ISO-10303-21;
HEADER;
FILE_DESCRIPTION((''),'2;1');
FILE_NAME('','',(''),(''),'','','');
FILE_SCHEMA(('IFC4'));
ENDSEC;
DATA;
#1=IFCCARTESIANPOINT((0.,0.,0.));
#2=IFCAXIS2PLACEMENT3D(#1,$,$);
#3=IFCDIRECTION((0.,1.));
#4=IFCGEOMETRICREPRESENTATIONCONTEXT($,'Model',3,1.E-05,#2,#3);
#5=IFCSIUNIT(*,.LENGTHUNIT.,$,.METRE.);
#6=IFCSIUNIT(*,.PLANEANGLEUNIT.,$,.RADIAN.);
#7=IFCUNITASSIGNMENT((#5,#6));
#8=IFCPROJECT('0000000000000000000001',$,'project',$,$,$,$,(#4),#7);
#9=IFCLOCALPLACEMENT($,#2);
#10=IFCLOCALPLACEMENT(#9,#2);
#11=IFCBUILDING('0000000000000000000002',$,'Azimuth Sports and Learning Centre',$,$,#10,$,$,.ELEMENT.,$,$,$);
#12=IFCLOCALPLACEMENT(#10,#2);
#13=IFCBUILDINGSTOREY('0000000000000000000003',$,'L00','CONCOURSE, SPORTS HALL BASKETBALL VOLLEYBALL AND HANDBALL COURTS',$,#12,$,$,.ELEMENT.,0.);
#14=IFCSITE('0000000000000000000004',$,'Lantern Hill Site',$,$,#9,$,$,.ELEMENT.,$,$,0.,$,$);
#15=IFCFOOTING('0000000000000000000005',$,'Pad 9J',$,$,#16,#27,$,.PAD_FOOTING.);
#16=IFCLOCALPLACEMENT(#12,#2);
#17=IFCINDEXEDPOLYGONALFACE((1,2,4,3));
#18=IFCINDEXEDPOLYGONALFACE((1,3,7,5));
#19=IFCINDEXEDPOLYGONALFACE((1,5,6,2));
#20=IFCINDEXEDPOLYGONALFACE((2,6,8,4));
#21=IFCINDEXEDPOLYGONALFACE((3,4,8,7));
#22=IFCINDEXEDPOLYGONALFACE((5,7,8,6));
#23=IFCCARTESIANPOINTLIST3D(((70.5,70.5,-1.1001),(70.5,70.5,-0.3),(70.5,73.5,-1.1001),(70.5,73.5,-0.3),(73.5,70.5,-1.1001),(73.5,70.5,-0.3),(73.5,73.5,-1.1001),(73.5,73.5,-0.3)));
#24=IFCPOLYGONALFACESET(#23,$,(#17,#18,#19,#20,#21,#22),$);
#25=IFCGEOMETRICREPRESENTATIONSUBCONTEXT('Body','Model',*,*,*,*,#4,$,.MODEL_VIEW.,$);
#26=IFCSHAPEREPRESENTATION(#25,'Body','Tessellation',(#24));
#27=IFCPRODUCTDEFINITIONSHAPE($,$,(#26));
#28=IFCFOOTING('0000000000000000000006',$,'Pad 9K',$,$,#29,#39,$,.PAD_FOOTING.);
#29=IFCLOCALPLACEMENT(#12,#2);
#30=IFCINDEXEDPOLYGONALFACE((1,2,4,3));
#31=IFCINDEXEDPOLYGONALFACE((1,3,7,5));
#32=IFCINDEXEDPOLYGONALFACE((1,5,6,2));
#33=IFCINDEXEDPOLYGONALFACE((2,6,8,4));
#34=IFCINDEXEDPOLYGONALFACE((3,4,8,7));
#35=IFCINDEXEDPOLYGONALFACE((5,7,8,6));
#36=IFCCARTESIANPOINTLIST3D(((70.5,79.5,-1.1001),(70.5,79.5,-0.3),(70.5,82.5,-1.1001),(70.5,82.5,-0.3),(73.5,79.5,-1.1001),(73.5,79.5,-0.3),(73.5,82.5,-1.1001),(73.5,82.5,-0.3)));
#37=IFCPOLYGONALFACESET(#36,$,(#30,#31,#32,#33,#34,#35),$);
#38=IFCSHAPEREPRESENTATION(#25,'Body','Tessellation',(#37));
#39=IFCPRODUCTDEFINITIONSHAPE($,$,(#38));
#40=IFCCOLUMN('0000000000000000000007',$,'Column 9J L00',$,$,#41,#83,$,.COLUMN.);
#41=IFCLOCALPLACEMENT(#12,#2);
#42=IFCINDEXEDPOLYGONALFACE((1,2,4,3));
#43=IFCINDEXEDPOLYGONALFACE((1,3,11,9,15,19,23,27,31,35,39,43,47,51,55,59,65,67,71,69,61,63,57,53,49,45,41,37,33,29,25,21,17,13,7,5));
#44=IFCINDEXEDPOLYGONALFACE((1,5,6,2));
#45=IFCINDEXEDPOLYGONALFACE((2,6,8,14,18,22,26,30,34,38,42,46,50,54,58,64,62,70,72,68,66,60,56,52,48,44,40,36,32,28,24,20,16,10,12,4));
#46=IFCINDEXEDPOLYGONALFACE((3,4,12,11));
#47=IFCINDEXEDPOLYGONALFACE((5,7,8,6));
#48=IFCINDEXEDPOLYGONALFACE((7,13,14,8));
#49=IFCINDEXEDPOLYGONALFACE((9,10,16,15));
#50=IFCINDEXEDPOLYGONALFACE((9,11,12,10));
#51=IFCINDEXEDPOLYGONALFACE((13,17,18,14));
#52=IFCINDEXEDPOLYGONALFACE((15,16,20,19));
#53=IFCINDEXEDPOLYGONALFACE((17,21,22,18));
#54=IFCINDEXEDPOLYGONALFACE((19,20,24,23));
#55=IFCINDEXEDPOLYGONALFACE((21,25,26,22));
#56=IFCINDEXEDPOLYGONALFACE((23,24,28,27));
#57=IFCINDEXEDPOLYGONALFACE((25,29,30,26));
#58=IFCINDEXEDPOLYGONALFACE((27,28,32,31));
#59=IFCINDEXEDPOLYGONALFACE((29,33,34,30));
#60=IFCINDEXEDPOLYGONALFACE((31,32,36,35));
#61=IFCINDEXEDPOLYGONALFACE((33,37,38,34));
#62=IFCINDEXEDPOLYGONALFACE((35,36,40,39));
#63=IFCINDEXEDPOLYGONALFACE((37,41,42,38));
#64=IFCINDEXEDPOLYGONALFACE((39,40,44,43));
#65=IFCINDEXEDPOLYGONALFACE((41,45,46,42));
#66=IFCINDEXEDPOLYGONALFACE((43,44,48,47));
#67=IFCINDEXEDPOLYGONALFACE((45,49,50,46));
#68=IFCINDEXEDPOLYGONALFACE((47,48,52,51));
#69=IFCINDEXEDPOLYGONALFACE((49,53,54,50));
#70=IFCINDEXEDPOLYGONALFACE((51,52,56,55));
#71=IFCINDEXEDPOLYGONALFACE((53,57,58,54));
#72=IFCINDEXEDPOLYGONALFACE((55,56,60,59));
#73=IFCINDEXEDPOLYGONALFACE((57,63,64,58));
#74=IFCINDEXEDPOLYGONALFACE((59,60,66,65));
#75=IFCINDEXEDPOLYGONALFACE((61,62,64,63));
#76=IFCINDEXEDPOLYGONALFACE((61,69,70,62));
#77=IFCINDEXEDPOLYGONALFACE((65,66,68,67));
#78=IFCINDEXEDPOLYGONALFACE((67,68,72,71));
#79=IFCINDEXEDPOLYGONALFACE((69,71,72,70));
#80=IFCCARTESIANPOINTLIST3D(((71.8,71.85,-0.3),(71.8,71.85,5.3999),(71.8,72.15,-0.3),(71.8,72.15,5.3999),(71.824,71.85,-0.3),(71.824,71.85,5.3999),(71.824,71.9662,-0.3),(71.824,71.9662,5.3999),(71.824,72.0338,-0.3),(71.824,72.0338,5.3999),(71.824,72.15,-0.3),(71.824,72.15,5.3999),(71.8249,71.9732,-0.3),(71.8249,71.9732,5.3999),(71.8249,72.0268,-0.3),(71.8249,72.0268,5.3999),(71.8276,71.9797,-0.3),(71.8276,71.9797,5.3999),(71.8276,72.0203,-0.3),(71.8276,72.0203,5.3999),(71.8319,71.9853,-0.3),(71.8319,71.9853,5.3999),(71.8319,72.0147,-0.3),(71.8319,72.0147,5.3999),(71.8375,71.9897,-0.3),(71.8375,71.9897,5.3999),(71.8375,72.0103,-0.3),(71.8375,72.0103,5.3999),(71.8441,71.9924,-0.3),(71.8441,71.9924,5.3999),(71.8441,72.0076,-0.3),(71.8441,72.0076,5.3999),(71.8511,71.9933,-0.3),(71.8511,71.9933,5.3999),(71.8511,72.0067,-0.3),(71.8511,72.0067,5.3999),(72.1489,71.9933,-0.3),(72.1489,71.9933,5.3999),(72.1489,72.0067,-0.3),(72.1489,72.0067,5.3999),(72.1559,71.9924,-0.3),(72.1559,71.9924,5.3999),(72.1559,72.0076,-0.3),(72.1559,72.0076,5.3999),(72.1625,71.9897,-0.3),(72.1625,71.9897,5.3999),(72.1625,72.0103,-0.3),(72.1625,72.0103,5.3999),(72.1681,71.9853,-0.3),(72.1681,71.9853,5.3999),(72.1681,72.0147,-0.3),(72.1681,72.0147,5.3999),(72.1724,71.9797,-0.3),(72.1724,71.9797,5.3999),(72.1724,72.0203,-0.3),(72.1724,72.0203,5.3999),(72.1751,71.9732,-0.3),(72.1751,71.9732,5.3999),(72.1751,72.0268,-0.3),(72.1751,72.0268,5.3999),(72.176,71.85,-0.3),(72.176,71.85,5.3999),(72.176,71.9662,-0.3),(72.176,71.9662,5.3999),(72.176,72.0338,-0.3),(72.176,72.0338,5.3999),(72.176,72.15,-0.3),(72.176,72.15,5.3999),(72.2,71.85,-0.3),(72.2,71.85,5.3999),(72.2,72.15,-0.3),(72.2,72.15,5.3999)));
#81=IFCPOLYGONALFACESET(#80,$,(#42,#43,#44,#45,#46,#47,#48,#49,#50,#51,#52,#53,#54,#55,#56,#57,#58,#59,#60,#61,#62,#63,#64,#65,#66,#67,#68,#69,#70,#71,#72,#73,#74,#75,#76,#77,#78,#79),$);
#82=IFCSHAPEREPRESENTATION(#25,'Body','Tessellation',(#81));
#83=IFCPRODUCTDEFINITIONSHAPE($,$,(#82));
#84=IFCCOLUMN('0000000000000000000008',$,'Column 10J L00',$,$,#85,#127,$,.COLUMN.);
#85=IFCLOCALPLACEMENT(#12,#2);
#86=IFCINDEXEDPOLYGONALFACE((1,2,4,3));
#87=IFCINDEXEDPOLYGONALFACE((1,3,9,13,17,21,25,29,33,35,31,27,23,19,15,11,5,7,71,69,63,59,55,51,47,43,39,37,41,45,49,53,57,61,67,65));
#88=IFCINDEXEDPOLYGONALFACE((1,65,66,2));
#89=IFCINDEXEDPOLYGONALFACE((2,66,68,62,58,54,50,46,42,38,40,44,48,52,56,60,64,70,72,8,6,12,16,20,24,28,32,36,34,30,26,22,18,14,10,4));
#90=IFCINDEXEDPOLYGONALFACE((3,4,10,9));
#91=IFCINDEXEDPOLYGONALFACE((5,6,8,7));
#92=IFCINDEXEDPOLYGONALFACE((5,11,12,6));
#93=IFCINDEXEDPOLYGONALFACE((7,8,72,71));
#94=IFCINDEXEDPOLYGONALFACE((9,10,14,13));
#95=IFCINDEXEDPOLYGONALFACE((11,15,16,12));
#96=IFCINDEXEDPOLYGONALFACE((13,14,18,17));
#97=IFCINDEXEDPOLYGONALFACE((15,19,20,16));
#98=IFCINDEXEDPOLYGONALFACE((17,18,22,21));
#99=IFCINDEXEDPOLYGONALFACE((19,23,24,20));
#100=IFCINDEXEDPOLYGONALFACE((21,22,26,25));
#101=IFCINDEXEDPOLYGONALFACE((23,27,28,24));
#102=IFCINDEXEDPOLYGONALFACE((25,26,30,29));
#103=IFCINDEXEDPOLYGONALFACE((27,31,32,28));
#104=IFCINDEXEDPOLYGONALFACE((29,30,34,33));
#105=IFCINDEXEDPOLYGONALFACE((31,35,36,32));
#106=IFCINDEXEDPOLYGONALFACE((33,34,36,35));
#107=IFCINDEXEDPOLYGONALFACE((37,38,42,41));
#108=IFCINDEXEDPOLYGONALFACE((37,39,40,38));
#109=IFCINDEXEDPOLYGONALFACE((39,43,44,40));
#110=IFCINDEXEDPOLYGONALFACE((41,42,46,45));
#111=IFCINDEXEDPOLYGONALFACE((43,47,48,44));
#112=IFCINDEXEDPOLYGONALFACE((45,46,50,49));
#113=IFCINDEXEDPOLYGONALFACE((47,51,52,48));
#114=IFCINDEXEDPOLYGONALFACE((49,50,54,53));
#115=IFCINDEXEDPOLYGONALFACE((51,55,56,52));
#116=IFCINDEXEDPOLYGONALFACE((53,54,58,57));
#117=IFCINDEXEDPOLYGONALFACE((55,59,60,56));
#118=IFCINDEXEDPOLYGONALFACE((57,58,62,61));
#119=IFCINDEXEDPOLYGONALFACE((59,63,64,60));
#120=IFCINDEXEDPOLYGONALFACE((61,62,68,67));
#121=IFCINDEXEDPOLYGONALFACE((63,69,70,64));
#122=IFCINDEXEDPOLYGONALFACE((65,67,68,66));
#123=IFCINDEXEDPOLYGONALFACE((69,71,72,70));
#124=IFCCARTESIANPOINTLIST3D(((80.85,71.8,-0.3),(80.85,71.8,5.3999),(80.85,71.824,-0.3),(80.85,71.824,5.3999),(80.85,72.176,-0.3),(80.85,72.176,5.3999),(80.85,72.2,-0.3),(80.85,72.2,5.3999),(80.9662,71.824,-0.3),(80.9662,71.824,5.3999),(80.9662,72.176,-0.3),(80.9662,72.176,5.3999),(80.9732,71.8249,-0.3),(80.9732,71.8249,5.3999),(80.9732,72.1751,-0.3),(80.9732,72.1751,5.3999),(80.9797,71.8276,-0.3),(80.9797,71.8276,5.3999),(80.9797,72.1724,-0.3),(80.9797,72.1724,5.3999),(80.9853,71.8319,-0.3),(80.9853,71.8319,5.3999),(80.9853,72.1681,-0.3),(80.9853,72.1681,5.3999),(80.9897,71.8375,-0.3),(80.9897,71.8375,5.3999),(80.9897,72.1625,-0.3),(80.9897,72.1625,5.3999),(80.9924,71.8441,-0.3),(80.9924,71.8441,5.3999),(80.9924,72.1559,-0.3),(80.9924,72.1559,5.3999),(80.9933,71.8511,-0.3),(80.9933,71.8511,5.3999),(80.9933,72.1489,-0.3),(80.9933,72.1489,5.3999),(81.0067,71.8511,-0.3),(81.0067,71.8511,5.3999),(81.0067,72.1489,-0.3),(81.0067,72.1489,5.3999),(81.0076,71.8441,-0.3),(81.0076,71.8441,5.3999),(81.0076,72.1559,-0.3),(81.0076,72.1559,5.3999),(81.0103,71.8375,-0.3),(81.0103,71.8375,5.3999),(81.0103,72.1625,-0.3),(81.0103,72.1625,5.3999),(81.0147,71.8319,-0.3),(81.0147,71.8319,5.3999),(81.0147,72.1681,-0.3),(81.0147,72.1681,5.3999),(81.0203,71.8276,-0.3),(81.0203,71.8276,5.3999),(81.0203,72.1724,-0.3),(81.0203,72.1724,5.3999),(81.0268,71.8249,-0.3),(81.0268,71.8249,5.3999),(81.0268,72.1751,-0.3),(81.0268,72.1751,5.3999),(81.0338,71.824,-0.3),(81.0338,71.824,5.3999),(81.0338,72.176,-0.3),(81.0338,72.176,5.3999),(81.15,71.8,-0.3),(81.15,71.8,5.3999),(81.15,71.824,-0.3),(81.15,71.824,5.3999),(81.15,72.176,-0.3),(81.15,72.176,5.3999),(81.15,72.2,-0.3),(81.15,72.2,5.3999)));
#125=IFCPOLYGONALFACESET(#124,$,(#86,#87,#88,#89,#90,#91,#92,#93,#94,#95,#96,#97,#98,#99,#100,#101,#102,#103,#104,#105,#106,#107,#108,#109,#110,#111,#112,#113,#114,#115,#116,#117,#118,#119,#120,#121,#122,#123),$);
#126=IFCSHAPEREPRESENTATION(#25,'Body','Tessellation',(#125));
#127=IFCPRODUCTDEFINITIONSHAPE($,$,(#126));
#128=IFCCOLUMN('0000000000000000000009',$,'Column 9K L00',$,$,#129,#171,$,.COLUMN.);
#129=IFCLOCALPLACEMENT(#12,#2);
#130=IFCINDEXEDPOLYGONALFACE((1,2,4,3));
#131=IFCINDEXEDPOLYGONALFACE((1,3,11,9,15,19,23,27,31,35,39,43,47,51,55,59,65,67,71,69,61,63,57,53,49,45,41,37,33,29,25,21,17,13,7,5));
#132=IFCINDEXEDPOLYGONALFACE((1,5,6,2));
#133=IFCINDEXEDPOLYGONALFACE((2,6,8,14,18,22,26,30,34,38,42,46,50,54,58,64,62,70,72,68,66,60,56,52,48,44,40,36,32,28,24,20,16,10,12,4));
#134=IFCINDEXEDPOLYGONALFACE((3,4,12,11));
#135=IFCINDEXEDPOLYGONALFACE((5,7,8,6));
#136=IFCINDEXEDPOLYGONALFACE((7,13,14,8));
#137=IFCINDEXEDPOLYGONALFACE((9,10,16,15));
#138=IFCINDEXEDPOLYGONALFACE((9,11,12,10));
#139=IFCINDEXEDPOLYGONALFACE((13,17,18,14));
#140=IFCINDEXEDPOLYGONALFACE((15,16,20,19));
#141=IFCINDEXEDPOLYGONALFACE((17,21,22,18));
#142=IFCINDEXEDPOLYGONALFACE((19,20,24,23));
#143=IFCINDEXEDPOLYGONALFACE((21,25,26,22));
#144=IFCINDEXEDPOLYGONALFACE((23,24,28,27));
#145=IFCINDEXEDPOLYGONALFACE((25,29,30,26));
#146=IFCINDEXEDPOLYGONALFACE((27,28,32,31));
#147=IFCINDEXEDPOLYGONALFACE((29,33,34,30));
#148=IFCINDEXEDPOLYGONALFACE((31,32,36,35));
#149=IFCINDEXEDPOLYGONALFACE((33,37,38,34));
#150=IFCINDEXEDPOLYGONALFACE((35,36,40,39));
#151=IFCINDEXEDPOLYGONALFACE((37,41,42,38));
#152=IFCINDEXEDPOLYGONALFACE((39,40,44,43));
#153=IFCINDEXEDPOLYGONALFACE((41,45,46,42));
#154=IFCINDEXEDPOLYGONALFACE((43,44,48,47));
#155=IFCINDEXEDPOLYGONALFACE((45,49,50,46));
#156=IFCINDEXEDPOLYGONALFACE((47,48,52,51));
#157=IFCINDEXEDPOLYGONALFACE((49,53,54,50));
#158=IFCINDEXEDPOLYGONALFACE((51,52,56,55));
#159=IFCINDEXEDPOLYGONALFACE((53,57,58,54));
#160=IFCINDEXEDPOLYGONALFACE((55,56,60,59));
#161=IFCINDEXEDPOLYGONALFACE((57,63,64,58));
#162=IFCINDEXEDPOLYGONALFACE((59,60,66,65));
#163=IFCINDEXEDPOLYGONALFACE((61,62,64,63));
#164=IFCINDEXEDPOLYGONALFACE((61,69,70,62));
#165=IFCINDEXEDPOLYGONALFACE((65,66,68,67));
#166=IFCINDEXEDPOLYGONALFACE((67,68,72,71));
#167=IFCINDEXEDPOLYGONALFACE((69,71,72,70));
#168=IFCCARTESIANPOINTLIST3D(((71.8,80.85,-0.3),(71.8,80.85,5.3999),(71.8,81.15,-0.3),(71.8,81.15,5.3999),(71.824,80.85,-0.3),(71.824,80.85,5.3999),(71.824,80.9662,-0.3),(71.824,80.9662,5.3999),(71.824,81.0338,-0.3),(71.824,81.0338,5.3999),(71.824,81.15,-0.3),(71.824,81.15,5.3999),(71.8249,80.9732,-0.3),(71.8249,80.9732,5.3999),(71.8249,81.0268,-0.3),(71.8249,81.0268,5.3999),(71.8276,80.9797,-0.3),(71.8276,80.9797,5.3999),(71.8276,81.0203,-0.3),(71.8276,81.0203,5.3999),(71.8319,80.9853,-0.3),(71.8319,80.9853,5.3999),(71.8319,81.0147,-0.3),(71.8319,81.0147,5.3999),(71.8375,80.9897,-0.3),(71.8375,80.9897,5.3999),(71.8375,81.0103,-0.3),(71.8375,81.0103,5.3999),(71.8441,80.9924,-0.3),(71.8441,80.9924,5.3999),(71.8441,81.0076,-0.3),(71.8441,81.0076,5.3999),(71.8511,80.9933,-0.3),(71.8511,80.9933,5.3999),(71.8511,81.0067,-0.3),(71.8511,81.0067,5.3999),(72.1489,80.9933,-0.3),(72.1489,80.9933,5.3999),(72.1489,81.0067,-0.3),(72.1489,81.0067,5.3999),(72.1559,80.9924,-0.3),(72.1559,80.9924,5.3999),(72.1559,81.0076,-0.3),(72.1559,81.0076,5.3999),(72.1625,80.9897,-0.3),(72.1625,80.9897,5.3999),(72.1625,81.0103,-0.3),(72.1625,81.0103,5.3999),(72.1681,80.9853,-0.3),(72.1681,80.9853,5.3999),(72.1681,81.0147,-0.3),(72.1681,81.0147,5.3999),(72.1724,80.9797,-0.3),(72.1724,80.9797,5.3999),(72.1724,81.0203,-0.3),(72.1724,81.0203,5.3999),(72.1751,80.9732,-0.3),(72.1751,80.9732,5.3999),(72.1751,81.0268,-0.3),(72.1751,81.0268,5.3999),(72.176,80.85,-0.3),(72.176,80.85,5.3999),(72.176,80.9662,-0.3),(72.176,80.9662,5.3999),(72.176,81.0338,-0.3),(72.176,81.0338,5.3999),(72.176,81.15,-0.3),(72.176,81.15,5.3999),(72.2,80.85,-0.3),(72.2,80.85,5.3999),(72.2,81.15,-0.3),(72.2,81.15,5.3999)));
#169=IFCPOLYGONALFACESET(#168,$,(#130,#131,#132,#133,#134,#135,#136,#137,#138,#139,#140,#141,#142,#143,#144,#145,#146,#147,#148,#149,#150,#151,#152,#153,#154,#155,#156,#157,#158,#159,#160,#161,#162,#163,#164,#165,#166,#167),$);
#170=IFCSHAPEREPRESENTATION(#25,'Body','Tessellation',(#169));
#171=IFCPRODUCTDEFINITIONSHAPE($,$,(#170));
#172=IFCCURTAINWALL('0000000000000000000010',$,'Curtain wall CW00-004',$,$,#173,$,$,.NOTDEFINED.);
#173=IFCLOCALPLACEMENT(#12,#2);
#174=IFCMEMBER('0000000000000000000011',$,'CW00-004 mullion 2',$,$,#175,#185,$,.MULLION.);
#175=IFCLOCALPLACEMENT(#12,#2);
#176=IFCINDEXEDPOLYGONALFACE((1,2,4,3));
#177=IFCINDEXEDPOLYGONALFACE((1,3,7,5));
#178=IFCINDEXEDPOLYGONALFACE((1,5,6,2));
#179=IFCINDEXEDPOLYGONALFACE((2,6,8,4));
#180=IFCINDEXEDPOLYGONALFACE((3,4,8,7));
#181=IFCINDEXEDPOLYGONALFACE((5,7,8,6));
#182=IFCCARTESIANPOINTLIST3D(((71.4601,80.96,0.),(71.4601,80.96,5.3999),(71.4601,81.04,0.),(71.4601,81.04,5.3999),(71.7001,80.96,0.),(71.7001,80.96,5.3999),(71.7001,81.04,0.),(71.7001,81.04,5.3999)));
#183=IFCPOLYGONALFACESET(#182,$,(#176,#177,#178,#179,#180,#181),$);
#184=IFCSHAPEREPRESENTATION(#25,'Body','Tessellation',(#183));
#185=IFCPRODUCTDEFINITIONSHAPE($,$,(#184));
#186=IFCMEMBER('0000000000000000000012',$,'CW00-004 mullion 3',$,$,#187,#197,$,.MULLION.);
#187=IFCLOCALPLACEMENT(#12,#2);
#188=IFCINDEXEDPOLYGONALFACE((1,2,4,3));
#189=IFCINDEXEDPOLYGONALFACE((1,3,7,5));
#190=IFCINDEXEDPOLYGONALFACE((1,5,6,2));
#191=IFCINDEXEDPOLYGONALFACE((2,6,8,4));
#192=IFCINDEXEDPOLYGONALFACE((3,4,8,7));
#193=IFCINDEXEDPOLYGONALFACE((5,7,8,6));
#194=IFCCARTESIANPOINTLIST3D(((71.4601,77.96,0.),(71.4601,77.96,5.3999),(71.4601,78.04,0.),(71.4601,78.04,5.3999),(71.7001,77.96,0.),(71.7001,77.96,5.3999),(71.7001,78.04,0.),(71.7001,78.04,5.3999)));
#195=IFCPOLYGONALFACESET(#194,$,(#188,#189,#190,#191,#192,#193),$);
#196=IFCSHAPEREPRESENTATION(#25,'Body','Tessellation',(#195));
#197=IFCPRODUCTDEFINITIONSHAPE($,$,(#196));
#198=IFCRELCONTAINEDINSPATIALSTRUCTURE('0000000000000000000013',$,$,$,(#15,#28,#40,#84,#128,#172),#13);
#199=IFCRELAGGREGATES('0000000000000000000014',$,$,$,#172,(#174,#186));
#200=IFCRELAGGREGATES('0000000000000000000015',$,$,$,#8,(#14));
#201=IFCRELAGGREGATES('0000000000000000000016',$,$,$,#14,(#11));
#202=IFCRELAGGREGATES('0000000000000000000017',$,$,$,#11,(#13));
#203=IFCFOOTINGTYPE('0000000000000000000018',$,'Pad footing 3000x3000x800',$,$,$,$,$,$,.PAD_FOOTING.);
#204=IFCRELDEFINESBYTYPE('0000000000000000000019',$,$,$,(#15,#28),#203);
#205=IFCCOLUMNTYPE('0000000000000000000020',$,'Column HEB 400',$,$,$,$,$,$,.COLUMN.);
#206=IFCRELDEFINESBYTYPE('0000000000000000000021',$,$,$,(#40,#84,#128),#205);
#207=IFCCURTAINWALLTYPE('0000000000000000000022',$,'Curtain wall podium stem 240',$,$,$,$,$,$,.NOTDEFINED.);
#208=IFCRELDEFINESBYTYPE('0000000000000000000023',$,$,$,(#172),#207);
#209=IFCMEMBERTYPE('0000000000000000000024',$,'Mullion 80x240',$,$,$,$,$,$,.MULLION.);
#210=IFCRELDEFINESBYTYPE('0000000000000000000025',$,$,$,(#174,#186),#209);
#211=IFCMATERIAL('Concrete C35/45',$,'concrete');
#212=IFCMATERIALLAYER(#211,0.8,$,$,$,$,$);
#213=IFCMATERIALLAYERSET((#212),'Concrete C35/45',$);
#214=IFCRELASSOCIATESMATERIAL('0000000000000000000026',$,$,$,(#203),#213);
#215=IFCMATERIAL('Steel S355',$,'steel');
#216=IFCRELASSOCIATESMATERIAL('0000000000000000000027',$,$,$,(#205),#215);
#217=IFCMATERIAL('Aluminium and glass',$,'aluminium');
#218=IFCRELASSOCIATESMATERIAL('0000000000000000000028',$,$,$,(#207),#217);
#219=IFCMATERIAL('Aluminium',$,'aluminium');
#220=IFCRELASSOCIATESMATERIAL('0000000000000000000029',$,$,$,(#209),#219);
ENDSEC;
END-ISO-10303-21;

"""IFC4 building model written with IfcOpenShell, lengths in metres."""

from ifc_helpers import new_model, si_unit, direction, frame, origin, origin_2d, place, context, subcontext, project, spatial, rectangle, i_section, extrude, material, layer, layer_set, material_profile, profile_set, type_object, element, aggregate, save


model = new_model("IFC4")

# Units and contexts
model_context = context("Model", 3, precision=1e-05, world=origin(), true_north=direction((0.0, 1.0)))
body_context = subcontext(model_context, "Body", "Model", "MODEL_VIEW")
ifc_project = project(units=[si_unit("LENGTHUNIT", "METRE"), si_unit("PLANEANGLEUNIT", "RADIAN")], contexts=[model_context])

# Site, building, storey
site_placement = place(None, origin())
site = spatial("IfcSite", under=ifc_project, at=site_placement, Name="Lantern Hill Site", CompositionType="ELEMENT", RefElevation=0.0)
building_placement = place(site_placement, origin())
building = spatial("IfcBuilding", under=site, at=building_placement, Name="Azimuth Sports and Learning Centre", CompositionType="ELEMENT")
storey_placement = place(building_placement, origin())
storey = spatial("IfcBuildingStorey", under=building, at=storey_placement, Name="L00", Description="CONCOURSE, SPORTS HALL BASKETBALL VOLLEYBALL AND HANDBALL COURTS", CompositionType="ELEMENT", Elevation=0.0)

# Footings
ifc_material_1 = material(Name="Concrete C35/45", Category="concrete")
ifc_layer_1 = layer(ifc_material_1, 0.8)
ifc_layer_set_1 = layer_set([ifc_layer_1], Name="Concrete C35/45")
footing_type = type_object("IfcFootingType", Name="Pad footing 3000x3000x800", PredefinedType="PAD_FOOTING", material=ifc_layer_set_1)
for number, where, z_axis, x_axis, name in (
    (1, (72.0, 72.0, -1.1001), (0.0, 0.0, 1.0), (1.0, 0.0, 0.0), "Pad 9J"),
    (2, (72.0, 81.0, -1.1001), (0.0, 0.0, 1.0), (1.0, 0.0, 0.0), "Pad 9K"),
):
    element("IfcFooting", number, at=place(storey_placement, frame(where, z_axis=z_axis, x_axis=x_axis)), inside=storey, type_object=footing_type, Name=name, PredefinedType="PAD_FOOTING", context=body_context, shape_type="SweptSolid", body=[
        extrude(rectangle(XDim=3.0, YDim=3.0, at=origin_2d()), origin(), (0.0, 0.0, 1.0), 0.8),
    ])

# Columns
ifc_material_2 = material(Name="Steel S355", Category="steel")
ifc_material_profile_1 = material_profile(ifc_material_2, i_section(OverallWidth=0.3, OverallDepth=0.3999, WebThickness=0.0134, FlangeThickness=0.0239, FilletRadius=0.0271, at=origin_2d()), Name="HEB 400")
ifc_profile_set_1 = profile_set([ifc_material_profile_1], Name="Steel S355")
column_type = type_object("IfcColumnType", Name="Column HEB 400", PredefinedType="COLUMN", material=ifc_profile_set_1)
for number, where, z_axis, x_axis, name in (
    (3, (72.0, 72.0, -0.3), (0.0, 0.0, 1.0), (0.0, 1.0, 0.0), "Column 9J L00"),
    (4, (81.0, 72.0, -0.3), (0.0, 0.0, 1.0), (1.0, 0.0, 0.0), "Column 10J L00"),
    (5, (72.0, 81.0, -0.3), (0.0, 0.0, 1.0), (0.0, 1.0, 0.0), "Column 9K L00"),
):
    element("IfcColumn", number, at=place(storey_placement, frame(where, z_axis=z_axis, x_axis=x_axis)), inside=storey, type_object=column_type, Name=name, PredefinedType="COLUMN", context=body_context, shape_type="SweptSolid", body=[
        extrude(i_section(OverallWidth=0.3, OverallDepth=0.3999, WebThickness=0.0134, FlangeThickness=0.0239, FilletRadius=0.0271, at=origin_2d()), origin(), (0.0, 0.0, 1.0), 5.7),
    ])

# Curtain wall, members
ifc_material_3 = material(Name="Aluminium and glass", Category="aluminium")
curtain_wall_type = type_object("IfcCurtainWallType", Name="Curtain wall podium stem 240", PredefinedType="NOTDEFINED", material=ifc_material_3)
curtain_wall_placement = place(storey_placement, origin())
curtain_wall = element("IfcCurtainWall", 6, at=curtain_wall_placement, inside=storey, type_object=curtain_wall_type, Name="Curtain wall CW00-004", PredefinedType="NOTDEFINED")
ifc_material_4 = material(Name="Aluminium", Category="aluminium")
ifc_material_profile_2 = material_profile(ifc_material_4, rectangle(XDim=0.24, YDim=0.0801, at=origin_2d()), Name="Mullion 80x240")
ifc_profile_set_2 = profile_set([ifc_material_profile_2], Name="Aluminium")
member_type_1 = type_object("IfcMemberType", Name="Mullion 80x240", PredefinedType="MULLION", material=ifc_profile_set_2)
member_1_placement = place(storey_placement, frame((71.5801, 81.0, 0.0), z_axis=(0.0, 0.0, 1.0), x_axis=(1.0, 0.0, 0.0)))
member_1 = element("IfcMember", 7, at=member_1_placement, type_object=member_type_1, Name="CW00-004 mullion 2", PredefinedType="MULLION", context=body_context, shape_type="SweptSolid", body=[
    extrude(rectangle(XDim=0.24, YDim=0.0801, at=origin_2d()), origin(), (0.0, 0.0, 1.0), 5.3999),
])
member_2_placement = place(storey_placement, frame((71.5801, 78.0, 0.0), z_axis=(0.0, 0.0, 1.0), x_axis=(1.0, 0.0, 0.0)))
member_2 = element("IfcMember", 8, at=member_2_placement, type_object=member_type_1, Name="CW00-004 mullion 3", PredefinedType="MULLION", context=body_context, shape_type="SweptSolid", body=[
    extrude(rectangle(XDim=0.24, YDim=0.0801, at=origin_2d()), origin(), (0.0, 0.0, 1.0), 5.3999),
])
aggregate(curtain_wall, [member_1, member_2])

save(model, "model.ifc")
